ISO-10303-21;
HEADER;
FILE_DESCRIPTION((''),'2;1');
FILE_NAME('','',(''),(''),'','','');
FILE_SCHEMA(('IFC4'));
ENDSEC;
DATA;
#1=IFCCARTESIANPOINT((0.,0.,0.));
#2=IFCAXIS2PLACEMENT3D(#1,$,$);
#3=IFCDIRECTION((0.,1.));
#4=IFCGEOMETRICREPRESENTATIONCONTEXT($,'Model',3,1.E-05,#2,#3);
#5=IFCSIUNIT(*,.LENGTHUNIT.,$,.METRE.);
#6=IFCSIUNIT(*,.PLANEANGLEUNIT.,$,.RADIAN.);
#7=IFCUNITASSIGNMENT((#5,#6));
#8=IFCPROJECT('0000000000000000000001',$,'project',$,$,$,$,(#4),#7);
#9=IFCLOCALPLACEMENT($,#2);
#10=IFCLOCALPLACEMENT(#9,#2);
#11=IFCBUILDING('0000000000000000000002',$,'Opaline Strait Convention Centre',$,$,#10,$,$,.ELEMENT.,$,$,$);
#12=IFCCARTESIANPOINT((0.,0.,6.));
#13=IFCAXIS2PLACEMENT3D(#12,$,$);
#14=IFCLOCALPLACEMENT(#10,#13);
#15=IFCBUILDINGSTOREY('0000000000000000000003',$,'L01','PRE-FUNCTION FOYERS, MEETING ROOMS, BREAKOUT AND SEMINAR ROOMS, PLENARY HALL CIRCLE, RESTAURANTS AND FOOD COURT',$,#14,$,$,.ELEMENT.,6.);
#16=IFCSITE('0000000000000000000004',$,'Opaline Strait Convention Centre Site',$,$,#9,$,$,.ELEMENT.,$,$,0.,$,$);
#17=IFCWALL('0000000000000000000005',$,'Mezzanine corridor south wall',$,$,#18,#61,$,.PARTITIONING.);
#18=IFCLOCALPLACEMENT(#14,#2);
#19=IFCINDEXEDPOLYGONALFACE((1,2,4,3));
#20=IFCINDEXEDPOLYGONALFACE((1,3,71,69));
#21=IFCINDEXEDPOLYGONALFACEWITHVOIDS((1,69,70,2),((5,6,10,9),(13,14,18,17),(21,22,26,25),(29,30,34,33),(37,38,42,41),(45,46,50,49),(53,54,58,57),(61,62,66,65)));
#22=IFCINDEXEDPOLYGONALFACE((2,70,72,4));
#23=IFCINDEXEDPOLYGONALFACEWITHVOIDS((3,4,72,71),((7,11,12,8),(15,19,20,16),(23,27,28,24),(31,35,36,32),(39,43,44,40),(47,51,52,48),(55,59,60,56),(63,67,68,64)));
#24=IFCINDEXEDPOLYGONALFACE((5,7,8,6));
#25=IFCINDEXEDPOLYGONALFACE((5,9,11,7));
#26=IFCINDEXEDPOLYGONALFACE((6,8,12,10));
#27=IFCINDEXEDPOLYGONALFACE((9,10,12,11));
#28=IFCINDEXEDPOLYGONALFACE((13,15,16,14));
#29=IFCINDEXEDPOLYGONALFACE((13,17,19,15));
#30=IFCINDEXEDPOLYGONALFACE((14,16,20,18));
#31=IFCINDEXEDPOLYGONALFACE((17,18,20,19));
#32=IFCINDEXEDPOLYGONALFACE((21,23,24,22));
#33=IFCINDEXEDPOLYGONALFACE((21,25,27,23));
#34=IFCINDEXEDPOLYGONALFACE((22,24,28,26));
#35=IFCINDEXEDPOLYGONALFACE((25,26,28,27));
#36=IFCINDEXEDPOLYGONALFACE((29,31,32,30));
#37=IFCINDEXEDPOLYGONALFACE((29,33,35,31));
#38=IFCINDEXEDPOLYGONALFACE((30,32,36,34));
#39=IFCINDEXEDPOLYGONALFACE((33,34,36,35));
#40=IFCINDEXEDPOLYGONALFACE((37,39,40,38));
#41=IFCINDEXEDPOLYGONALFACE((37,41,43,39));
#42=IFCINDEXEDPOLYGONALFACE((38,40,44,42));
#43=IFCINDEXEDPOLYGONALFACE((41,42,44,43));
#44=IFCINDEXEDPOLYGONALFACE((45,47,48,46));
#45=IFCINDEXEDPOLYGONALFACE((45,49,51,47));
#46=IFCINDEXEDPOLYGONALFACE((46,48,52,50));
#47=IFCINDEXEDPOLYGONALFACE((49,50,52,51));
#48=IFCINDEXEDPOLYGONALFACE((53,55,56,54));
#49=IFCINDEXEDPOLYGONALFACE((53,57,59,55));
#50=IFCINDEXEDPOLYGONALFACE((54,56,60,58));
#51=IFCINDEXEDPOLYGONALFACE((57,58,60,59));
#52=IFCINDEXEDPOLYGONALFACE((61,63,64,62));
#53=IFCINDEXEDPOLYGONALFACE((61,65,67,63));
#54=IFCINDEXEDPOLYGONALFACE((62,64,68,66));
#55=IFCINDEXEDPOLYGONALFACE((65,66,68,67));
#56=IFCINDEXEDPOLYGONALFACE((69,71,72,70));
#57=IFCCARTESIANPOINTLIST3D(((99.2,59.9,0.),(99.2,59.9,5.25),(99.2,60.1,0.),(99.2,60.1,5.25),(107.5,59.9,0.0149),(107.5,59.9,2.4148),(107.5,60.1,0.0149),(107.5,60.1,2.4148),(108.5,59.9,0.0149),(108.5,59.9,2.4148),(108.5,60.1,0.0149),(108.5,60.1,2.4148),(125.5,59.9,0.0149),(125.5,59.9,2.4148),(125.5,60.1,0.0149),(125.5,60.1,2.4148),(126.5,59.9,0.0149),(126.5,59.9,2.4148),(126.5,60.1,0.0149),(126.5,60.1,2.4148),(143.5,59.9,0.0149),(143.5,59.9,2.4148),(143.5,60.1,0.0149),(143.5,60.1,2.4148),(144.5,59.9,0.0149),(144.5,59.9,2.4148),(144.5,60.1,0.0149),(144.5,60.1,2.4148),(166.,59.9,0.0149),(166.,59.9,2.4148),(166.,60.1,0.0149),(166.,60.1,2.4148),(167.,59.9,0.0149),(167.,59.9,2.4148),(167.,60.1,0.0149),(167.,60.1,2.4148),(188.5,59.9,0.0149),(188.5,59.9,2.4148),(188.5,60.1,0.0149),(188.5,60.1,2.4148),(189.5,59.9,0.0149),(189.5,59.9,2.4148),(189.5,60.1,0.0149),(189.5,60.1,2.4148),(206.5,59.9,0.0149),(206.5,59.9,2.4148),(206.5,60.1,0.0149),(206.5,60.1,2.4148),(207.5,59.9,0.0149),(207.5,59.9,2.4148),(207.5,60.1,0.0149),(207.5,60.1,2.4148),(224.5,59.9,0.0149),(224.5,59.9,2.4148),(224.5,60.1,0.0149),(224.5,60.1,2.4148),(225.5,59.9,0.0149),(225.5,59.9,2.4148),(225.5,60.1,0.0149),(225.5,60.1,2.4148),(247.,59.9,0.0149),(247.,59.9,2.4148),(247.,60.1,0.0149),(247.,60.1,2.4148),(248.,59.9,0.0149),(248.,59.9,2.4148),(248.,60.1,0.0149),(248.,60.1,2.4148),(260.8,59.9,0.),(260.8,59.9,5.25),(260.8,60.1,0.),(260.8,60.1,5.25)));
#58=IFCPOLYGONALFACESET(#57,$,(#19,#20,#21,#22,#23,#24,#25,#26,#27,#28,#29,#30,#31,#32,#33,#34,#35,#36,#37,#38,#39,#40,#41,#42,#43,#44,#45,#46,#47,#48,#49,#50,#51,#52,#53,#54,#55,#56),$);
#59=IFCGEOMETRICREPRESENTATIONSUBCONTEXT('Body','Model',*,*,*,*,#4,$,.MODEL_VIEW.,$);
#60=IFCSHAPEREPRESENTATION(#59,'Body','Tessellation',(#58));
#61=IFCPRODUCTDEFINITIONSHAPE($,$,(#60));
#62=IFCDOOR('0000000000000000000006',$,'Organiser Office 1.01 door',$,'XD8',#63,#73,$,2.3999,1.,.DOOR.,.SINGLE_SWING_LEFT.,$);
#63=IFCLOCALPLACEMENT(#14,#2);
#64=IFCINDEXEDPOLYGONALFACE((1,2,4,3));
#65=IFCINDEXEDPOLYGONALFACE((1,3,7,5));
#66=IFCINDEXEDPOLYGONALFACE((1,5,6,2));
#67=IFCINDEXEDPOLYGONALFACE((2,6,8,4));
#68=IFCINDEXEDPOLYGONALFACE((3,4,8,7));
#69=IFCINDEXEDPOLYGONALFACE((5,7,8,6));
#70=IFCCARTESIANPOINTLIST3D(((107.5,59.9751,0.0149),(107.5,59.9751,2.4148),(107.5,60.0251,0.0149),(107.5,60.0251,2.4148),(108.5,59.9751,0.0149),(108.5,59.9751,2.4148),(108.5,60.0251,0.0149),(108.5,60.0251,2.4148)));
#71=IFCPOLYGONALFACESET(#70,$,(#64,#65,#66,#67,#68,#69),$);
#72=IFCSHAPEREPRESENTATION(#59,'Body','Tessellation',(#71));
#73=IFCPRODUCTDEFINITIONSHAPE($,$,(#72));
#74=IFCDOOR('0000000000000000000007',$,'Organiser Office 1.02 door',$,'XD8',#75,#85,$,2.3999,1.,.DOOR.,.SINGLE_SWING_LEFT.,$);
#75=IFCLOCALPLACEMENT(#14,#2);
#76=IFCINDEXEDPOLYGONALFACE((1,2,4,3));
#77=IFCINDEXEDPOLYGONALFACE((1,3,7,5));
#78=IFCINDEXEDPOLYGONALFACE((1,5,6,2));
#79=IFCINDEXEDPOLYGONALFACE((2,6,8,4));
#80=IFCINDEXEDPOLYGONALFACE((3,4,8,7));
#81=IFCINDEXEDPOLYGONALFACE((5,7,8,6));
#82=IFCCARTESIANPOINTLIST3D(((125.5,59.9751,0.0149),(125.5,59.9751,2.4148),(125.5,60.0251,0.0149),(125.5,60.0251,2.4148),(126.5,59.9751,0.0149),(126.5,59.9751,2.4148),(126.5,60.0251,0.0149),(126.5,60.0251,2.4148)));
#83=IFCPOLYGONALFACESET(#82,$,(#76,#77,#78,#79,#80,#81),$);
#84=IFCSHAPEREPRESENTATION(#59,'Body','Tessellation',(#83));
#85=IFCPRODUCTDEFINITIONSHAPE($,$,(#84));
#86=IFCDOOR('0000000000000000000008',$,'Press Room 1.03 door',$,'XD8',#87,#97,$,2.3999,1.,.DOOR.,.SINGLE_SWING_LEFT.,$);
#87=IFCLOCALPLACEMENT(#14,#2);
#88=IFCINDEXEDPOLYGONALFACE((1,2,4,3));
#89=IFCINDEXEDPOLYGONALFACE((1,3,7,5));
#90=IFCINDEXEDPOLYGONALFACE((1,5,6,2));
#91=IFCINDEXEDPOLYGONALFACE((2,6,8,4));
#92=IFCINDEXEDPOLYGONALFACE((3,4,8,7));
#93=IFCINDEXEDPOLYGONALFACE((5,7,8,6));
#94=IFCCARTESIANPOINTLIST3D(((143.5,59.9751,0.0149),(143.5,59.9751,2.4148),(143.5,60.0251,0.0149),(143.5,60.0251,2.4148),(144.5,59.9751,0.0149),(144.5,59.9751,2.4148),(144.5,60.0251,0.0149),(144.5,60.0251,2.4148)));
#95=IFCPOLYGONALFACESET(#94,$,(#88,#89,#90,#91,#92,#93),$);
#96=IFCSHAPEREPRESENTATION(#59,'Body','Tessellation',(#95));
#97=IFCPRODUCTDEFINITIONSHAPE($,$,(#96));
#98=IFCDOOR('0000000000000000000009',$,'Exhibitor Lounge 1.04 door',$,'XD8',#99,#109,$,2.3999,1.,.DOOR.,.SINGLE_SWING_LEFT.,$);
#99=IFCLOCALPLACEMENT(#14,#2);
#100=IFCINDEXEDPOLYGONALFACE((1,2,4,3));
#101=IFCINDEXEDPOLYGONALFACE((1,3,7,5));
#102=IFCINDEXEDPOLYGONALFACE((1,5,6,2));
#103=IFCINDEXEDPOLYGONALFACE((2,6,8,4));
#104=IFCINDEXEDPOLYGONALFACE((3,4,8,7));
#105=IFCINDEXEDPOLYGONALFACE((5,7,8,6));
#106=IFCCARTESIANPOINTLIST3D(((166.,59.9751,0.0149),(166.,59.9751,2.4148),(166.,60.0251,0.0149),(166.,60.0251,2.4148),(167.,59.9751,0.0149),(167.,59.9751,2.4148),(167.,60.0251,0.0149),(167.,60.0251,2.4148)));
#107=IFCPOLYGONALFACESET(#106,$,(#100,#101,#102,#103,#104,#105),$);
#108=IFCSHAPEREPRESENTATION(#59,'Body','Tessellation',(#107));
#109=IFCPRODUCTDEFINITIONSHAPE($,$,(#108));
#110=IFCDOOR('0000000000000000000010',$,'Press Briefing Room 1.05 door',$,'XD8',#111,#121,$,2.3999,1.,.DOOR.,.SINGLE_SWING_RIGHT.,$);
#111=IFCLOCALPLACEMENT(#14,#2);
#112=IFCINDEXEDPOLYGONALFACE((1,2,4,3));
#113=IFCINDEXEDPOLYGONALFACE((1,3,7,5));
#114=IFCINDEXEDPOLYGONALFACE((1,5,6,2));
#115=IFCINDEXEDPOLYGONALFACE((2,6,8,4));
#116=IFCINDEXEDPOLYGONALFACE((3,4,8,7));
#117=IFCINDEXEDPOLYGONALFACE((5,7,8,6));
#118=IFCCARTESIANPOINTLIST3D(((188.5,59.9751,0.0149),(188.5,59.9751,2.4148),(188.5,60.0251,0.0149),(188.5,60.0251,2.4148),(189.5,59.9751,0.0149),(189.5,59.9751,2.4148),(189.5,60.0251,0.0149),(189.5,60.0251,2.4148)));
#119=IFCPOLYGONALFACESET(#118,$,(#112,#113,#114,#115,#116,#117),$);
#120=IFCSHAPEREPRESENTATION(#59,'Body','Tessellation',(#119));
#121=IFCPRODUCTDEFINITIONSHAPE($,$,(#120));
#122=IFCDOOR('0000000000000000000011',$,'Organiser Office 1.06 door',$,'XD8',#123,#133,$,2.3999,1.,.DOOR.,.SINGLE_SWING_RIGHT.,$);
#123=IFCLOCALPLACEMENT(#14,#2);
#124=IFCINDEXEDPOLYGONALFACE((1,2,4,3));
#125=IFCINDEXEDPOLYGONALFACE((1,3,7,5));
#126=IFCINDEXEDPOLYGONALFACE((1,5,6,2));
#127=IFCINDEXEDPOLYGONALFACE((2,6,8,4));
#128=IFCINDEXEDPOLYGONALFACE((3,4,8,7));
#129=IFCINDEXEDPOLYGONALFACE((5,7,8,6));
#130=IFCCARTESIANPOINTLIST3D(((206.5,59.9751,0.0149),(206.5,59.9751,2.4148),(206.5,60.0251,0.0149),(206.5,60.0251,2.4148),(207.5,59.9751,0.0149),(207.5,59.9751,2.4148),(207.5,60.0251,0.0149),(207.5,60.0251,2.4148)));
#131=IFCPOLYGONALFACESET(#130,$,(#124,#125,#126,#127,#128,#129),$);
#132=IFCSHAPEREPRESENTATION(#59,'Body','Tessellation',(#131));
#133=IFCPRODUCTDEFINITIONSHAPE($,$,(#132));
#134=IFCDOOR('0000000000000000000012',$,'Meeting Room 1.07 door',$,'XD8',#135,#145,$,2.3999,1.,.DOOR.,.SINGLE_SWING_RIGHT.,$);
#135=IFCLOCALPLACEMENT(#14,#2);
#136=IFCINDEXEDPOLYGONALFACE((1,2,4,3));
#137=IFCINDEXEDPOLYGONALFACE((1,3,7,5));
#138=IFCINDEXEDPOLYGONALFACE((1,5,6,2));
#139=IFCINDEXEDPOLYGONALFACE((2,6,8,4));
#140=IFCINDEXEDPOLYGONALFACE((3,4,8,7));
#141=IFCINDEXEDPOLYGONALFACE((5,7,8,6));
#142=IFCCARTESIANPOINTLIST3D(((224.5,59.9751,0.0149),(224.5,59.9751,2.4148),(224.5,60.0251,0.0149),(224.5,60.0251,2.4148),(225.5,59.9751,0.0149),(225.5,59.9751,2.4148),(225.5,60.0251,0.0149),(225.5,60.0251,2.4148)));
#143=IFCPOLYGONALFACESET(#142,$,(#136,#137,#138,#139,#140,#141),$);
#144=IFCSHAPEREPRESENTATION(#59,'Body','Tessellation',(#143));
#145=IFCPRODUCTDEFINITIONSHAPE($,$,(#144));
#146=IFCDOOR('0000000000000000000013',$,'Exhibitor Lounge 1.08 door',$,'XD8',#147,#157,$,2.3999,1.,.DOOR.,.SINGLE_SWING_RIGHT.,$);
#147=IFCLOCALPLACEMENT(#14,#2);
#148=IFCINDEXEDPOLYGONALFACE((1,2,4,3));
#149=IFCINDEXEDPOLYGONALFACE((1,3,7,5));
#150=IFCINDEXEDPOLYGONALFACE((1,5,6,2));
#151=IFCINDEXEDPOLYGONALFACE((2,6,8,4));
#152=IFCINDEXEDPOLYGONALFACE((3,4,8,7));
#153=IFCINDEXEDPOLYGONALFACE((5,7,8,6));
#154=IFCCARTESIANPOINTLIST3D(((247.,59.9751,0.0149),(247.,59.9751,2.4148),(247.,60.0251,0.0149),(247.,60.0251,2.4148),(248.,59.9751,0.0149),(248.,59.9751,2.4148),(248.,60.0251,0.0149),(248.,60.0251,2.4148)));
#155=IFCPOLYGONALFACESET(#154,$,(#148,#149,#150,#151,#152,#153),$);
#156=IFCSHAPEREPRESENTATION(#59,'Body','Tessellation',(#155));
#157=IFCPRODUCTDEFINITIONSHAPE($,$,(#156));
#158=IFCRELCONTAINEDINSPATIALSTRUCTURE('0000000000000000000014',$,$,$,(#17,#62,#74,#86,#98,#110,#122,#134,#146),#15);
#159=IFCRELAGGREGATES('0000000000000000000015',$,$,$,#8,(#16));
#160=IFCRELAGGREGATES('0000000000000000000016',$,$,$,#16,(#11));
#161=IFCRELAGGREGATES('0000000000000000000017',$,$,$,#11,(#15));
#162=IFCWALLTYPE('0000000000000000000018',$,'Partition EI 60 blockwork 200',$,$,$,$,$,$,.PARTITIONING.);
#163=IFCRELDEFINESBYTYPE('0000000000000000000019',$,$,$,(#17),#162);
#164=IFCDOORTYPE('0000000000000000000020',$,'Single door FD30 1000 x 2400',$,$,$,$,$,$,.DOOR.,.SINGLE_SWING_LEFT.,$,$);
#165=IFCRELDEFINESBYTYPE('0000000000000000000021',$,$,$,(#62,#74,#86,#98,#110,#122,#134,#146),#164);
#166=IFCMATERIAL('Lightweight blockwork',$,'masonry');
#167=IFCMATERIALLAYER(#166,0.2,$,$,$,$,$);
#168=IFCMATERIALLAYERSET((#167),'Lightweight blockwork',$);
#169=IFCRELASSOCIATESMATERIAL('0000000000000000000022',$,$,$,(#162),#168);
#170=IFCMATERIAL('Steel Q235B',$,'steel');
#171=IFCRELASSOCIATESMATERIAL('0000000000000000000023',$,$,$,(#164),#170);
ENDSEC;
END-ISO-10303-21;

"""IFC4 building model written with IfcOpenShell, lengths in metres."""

from ifc_helpers import new_model, si_unit, direction, frame, frame_2d, origin, place, context, subcontext, project, spatial, rectangle, extrude, material, layer, layer_set, type_object, element, fill, save


model = new_model("IFC4")

# Units and contexts
model_context = context("Model", 3, precision=1e-05, world=origin(), true_north=direction((0.0, 1.0)))
body_context = subcontext(model_context, "Body", "Model", "MODEL_VIEW")
ifc_project = project(units=[si_unit("LENGTHUNIT", "METRE"), si_unit("PLANEANGLEUNIT", "RADIAN")], contexts=[model_context])

# Site, building, storey
site_placement = place(None, origin())
site = spatial("IfcSite", under=ifc_project, at=site_placement, Name="Opaline Strait Convention Centre Site", CompositionType="ELEMENT", RefElevation=0.0)
building_placement = place(site_placement, origin())
building = spatial("IfcBuilding", under=site, at=building_placement, Name="Opaline Strait Convention Centre", CompositionType="ELEMENT")
storey_placement = place(building_placement, frame((0.0, 0.0, 6.0)))
storey = spatial("IfcBuildingStorey", under=building, at=storey_placement, Name="L01", Description="PRE-FUNCTION FOYERS, MEETING ROOMS, BREAKOUT AND SEMINAR ROOMS, PLENARY HALL CIRCLE, RESTAURANTS AND FOOD COURT", CompositionType="ELEMENT", Elevation=6.0)

# Wall, openings, doors
ifc_material_1 = material(Name="Lightweight blockwork", Category="masonry")
ifc_layer_1 = layer(ifc_material_1, 0.2)
ifc_layer_set_1 = layer_set([ifc_layer_1], Name="Lightweight blockwork")
wall_type_1 = type_object("IfcWallType", Name="Partition EI 60 blockwork 200", PredefinedType="PARTITIONING", material=ifc_layer_set_1)
wall_1_placement = place(storey_placement, frame((99.2, 60.0, 0.0), z_axis=(0.0, 0.0, 1.0), x_axis=(1.0, 0.0, 0.0)))
wall_1 = element("IfcWall", 1, at=wall_1_placement, inside=storey, type_object=wall_type_1, Name="Mezzanine corridor south wall", PredefinedType="PARTITIONING", context=body_context, shape_type="SweptSolid", body=[
    extrude(rectangle(XDim=161.6001, YDim=0.2, at=frame_2d((80.8, 0.0))), origin(), (0.0, 0.0, 1.0), 5.25),
])
opening_1_placement = place(wall_1_placement, frame((8.3, 0.0, 0.0149)))
opening_1 = element("IfcOpeningElement", 2, at=opening_1_placement, cuts=wall_1, PredefinedType="OPENING", context=body_context, shape_type="SweptSolid", body=[
    extrude(rectangle(XDim=1.0, YDim=2.3999, at=frame_2d((0.5, 1.2))), frame((0.0, 0.1099, 0.0), z_axis=(0.0, -1.0, 0.0), x_axis=(1.0, 0.0, 0.0)), (0.0, 0.0, 1.0), 0.22),
])
opening_2_placement = place(wall_1_placement, frame((26.3, 0.0, 0.0149)))
opening_2 = element("IfcOpeningElement", 3, at=opening_2_placement, cuts=wall_1, PredefinedType="OPENING", context=body_context, shape_type="SweptSolid", body=[
    extrude(rectangle(XDim=1.0, YDim=2.3999, at=frame_2d((0.5, 1.2))), frame((0.0, 0.1099, 0.0), z_axis=(0.0, -1.0, 0.0), x_axis=(1.0, 0.0, 0.0)), (0.0, 0.0, 1.0), 0.22),
])
opening_3_placement = place(wall_1_placement, frame((44.3, 0.0, 0.0149)))
opening_3 = element("IfcOpeningElement", 4, at=opening_3_placement, cuts=wall_1, PredefinedType="OPENING", context=body_context, shape_type="SweptSolid", body=[
    extrude(rectangle(XDim=1.0, YDim=2.3999, at=frame_2d((0.5, 1.2))), frame((0.0, 0.1099, 0.0), z_axis=(0.0, -1.0, 0.0), x_axis=(1.0, 0.0, 0.0)), (0.0, 0.0, 1.0), 0.22),
])
opening_4_placement = place(wall_1_placement, frame((66.8, 0.0, 0.0149)))
opening_4 = element("IfcOpeningElement", 5, at=opening_4_placement, cuts=wall_1, PredefinedType="OPENING", context=body_context, shape_type="SweptSolid", body=[
    extrude(rectangle(XDim=1.0, YDim=2.3999, at=frame_2d((0.5, 1.2))), frame((0.0, 0.1099, 0.0), z_axis=(0.0, -1.0, 0.0), x_axis=(1.0, 0.0, 0.0)), (0.0, 0.0, 1.0), 0.22),
])
opening_5_placement = place(wall_1_placement, frame((89.3, 0.0, 0.0149)))
opening_5 = element("IfcOpeningElement", 6, at=opening_5_placement, cuts=wall_1, PredefinedType="OPENING", context=body_context, shape_type="SweptSolid", body=[
    extrude(rectangle(XDim=1.0, YDim=2.3999, at=frame_2d((0.5, 1.2))), frame((0.0, 0.1099, 0.0), z_axis=(0.0, -1.0, 0.0), x_axis=(1.0, 0.0, 0.0)), (0.0, 0.0, 1.0), 0.22),
])
opening_6_placement = place(wall_1_placement, frame((107.3, 0.0, 0.0149)))
opening_6 = element("IfcOpeningElement", 7, at=opening_6_placement, cuts=wall_1, PredefinedType="OPENING", context=body_context, shape_type="SweptSolid", body=[
    extrude(rectangle(XDim=1.0, YDim=2.3999, at=frame_2d((0.5, 1.2))), frame((0.0, 0.1099, 0.0), z_axis=(0.0, -1.0, 0.0), x_axis=(1.0, 0.0, 0.0)), (0.0, 0.0, 1.0), 0.22),
])
opening_7_placement = place(wall_1_placement, frame((125.3, 0.0, 0.0149)))
opening_7 = element("IfcOpeningElement", 8, at=opening_7_placement, cuts=wall_1, PredefinedType="OPENING", context=body_context, shape_type="SweptSolid", body=[
    extrude(rectangle(XDim=1.0, YDim=2.3999, at=frame_2d((0.5, 1.2))), frame((0.0, 0.1099, 0.0), z_axis=(0.0, -1.0, 0.0), x_axis=(1.0, 0.0, 0.0)), (0.0, 0.0, 1.0), 0.22),
])
opening_8_placement = place(wall_1_placement, frame((147.8, 0.0, 0.0149)))
opening_8 = element("IfcOpeningElement", 9, at=opening_8_placement, cuts=wall_1, PredefinedType="OPENING", context=body_context, shape_type="SweptSolid", body=[
    extrude(rectangle(XDim=1.0, YDim=2.3999, at=frame_2d((0.5, 1.2))), frame((0.0, 0.1099, 0.0), z_axis=(0.0, -1.0, 0.0), x_axis=(1.0, 0.0, 0.0)), (0.0, 0.0, 1.0), 0.22),
])
ifc_material_2 = material(Name="Steel Q235B", Category="steel")
door_type = type_object("IfcDoorType", Name="Single door FD30 1000 x 2400", OperationType="SINGLE_SWING_LEFT", PredefinedType="DOOR", material=ifc_material_2)
door_1_placement = place(opening_1_placement, frame((1.0, 0.0, 0.0), z_axis=(0.0, 0.0, 1.0), x_axis=(-1.0, 0.0, 0.0)))
door_1 = element("IfcDoor", 10, at=door_1_placement, inside=storey, type_object=door_type, Name="Organiser Office 1.01 door", ObjectType="XD8", OperationType="SINGLE_SWING_LEFT", OverallHeight=2.3999, OverallWidth=1.0, PredefinedType="DOOR", context=body_context, shape_type="SweptSolid", body=[
    extrude(rectangle(XDim=1.0, YDim=2.3999, at=frame_2d((0.5, 1.2))), frame((0.0, 0.0249, 0.0), z_axis=(0.0, -1.0, 0.0), x_axis=(1.0, 0.0, 0.0)), (0.0, 0.0, 1.0), 0.05),
])
fill(opening_1, door_1)
door_2_placement = place(opening_2_placement, frame((1.0, 0.0, 0.0), z_axis=(0.0, 0.0, 1.0), x_axis=(-1.0, 0.0, 0.0)))
door_2 = element("IfcDoor", 11, at=door_2_placement, inside=storey, type_object=door_type, Name="Organiser Office 1.02 door", ObjectType="XD8", OperationType="SINGLE_SWING_LEFT", OverallHeight=2.3999, OverallWidth=1.0, PredefinedType="DOOR", context=body_context, shape_type="SweptSolid", body=[
    extrude(rectangle(XDim=1.0, YDim=2.3999, at=frame_2d((0.5, 1.2))), frame((0.0, 0.0249, 0.0), z_axis=(0.0, -1.0, 0.0), x_axis=(1.0, 0.0, 0.0)), (0.0, 0.0, 1.0), 0.05),
])
fill(opening_2, door_2)
door_3_placement = place(opening_3_placement, frame((1.0, 0.0, 0.0), z_axis=(0.0, 0.0, 1.0), x_axis=(-1.0, 0.0, 0.0)))
door_3 = element("IfcDoor", 12, at=door_3_placement, inside=storey, type_object=door_type, Name="Press Room 1.03 door", ObjectType="XD8", OperationType="SINGLE_SWING_LEFT", OverallHeight=2.3999, OverallWidth=1.0, PredefinedType="DOOR", context=body_context, shape_type="SweptSolid", body=[
    extrude(rectangle(XDim=1.0, YDim=2.3999, at=frame_2d((0.5, 1.2))), frame((0.0, 0.0249, 0.0), z_axis=(0.0, -1.0, 0.0), x_axis=(1.0, 0.0, 0.0)), (0.0, 0.0, 1.0), 0.05),
])
fill(opening_3, door_3)
door_4_placement = place(opening_4_placement, frame((1.0, 0.0, 0.0), z_axis=(0.0, 0.0, 1.0), x_axis=(-1.0, 0.0, 0.0)))
door_4 = element("IfcDoor", 13, at=door_4_placement, inside=storey, type_object=door_type, Name="Exhibitor Lounge 1.04 door", ObjectType="XD8", OperationType="SINGLE_SWING_LEFT", OverallHeight=2.3999, OverallWidth=1.0, PredefinedType="DOOR", context=body_context, shape_type="SweptSolid", body=[
    extrude(rectangle(XDim=1.0, YDim=2.3999, at=frame_2d((0.5, 1.2))), frame((0.0, 0.0249, 0.0), z_axis=(0.0, -1.0, 0.0), x_axis=(1.0, 0.0, 0.0)), (0.0, 0.0, 1.0), 0.05),
])
fill(opening_4, door_4)
door_5_placement = place(opening_5_placement, frame((1.0, 0.0, 0.0), z_axis=(0.0, 0.0, 1.0), x_axis=(-1.0, 0.0, 0.0)))
door_5 = element("IfcDoor", 14, at=door_5_placement, inside=storey, type_object=door_type, Name="Press Briefing Room 1.05 door", ObjectType="XD8", OperationType="SINGLE_SWING_RIGHT", OverallHeight=2.3999, OverallWidth=1.0, PredefinedType="DOOR", context=body_context, shape_type="SweptSolid", body=[
    extrude(rectangle(XDim=1.0, YDim=2.3999, at=frame_2d((0.5, 1.2))), frame((0.0, 0.0249, 0.0), z_axis=(0.0, -1.0, 0.0), x_axis=(1.0, 0.0, 0.0)), (0.0, 0.0, 1.0), 0.05),
])
fill(opening_5, door_5)
door_6_placement = place(opening_6_placement, frame((1.0, 0.0, 0.0), z_axis=(0.0, 0.0, 1.0), x_axis=(-1.0, 0.0, 0.0)))
door_6 = element("IfcDoor", 15, at=door_6_placement, inside=storey, type_object=door_type, Name="Organiser Office 1.06 door", ObjectType="XD8", OperationType="SINGLE_SWING_RIGHT", OverallHeight=2.3999, OverallWidth=1.0, PredefinedType="DOOR", context=body_context, shape_type="SweptSolid", body=[
    extrude(rectangle(XDim=1.0, YDim=2.3999, at=frame_2d((0.5, 1.2))), frame((0.0, 0.0249, 0.0), z_axis=(0.0, -1.0, 0.0), x_axis=(1.0, 0.0, 0.0)), (0.0, 0.0, 1.0), 0.05),
])
fill(opening_6, door_6)
door_7_placement = place(opening_7_placement, frame((1.0, 0.0, 0.0), z_axis=(0.0, 0.0, 1.0), x_axis=(-1.0, 0.0, 0.0)))
door_7 = element("IfcDoor", 16, at=door_7_placement, inside=storey, type_object=door_type, Name="Meeting Room 1.07 door", ObjectType="XD8", OperationType="SINGLE_SWING_RIGHT", OverallHeight=2.3999, OverallWidth=1.0, PredefinedType="DOOR", context=body_context, shape_type="SweptSolid", body=[
    extrude(rectangle(XDim=1.0, YDim=2.3999, at=frame_2d((0.5, 1.2))), frame((0.0, 0.0249, 0.0), z_axis=(0.0, -1.0, 0.0), x_axis=(1.0, 0.0, 0.0)), (0.0, 0.0, 1.0), 0.05),
])
fill(opening_7, door_7)
door_8_placement = place(opening_8_placement, frame((1.0, 0.0, 0.0), z_axis=(0.0, 0.0, 1.0), x_axis=(-1.0, 0.0, 0.0)))
door_8 = element("IfcDoor", 17, at=door_8_placement, inside=storey, type_object=door_type, Name="Exhibitor Lounge 1.08 door", ObjectType="XD8", OperationType="SINGLE_SWING_RIGHT", OverallHeight=2.3999, OverallWidth=1.0, PredefinedType="DOOR", context=body_context, shape_type="SweptSolid", body=[
    extrude(rectangle(XDim=1.0, YDim=2.3999, at=frame_2d((0.5, 1.2))), frame((0.0, 0.0249, 0.0), z_axis=(0.0, -1.0, 0.0), x_axis=(1.0, 0.0, 0.0)), (0.0, 0.0, 1.0), 0.05),
])
fill(opening_8, door_8)

save(model, "model.ifc")
